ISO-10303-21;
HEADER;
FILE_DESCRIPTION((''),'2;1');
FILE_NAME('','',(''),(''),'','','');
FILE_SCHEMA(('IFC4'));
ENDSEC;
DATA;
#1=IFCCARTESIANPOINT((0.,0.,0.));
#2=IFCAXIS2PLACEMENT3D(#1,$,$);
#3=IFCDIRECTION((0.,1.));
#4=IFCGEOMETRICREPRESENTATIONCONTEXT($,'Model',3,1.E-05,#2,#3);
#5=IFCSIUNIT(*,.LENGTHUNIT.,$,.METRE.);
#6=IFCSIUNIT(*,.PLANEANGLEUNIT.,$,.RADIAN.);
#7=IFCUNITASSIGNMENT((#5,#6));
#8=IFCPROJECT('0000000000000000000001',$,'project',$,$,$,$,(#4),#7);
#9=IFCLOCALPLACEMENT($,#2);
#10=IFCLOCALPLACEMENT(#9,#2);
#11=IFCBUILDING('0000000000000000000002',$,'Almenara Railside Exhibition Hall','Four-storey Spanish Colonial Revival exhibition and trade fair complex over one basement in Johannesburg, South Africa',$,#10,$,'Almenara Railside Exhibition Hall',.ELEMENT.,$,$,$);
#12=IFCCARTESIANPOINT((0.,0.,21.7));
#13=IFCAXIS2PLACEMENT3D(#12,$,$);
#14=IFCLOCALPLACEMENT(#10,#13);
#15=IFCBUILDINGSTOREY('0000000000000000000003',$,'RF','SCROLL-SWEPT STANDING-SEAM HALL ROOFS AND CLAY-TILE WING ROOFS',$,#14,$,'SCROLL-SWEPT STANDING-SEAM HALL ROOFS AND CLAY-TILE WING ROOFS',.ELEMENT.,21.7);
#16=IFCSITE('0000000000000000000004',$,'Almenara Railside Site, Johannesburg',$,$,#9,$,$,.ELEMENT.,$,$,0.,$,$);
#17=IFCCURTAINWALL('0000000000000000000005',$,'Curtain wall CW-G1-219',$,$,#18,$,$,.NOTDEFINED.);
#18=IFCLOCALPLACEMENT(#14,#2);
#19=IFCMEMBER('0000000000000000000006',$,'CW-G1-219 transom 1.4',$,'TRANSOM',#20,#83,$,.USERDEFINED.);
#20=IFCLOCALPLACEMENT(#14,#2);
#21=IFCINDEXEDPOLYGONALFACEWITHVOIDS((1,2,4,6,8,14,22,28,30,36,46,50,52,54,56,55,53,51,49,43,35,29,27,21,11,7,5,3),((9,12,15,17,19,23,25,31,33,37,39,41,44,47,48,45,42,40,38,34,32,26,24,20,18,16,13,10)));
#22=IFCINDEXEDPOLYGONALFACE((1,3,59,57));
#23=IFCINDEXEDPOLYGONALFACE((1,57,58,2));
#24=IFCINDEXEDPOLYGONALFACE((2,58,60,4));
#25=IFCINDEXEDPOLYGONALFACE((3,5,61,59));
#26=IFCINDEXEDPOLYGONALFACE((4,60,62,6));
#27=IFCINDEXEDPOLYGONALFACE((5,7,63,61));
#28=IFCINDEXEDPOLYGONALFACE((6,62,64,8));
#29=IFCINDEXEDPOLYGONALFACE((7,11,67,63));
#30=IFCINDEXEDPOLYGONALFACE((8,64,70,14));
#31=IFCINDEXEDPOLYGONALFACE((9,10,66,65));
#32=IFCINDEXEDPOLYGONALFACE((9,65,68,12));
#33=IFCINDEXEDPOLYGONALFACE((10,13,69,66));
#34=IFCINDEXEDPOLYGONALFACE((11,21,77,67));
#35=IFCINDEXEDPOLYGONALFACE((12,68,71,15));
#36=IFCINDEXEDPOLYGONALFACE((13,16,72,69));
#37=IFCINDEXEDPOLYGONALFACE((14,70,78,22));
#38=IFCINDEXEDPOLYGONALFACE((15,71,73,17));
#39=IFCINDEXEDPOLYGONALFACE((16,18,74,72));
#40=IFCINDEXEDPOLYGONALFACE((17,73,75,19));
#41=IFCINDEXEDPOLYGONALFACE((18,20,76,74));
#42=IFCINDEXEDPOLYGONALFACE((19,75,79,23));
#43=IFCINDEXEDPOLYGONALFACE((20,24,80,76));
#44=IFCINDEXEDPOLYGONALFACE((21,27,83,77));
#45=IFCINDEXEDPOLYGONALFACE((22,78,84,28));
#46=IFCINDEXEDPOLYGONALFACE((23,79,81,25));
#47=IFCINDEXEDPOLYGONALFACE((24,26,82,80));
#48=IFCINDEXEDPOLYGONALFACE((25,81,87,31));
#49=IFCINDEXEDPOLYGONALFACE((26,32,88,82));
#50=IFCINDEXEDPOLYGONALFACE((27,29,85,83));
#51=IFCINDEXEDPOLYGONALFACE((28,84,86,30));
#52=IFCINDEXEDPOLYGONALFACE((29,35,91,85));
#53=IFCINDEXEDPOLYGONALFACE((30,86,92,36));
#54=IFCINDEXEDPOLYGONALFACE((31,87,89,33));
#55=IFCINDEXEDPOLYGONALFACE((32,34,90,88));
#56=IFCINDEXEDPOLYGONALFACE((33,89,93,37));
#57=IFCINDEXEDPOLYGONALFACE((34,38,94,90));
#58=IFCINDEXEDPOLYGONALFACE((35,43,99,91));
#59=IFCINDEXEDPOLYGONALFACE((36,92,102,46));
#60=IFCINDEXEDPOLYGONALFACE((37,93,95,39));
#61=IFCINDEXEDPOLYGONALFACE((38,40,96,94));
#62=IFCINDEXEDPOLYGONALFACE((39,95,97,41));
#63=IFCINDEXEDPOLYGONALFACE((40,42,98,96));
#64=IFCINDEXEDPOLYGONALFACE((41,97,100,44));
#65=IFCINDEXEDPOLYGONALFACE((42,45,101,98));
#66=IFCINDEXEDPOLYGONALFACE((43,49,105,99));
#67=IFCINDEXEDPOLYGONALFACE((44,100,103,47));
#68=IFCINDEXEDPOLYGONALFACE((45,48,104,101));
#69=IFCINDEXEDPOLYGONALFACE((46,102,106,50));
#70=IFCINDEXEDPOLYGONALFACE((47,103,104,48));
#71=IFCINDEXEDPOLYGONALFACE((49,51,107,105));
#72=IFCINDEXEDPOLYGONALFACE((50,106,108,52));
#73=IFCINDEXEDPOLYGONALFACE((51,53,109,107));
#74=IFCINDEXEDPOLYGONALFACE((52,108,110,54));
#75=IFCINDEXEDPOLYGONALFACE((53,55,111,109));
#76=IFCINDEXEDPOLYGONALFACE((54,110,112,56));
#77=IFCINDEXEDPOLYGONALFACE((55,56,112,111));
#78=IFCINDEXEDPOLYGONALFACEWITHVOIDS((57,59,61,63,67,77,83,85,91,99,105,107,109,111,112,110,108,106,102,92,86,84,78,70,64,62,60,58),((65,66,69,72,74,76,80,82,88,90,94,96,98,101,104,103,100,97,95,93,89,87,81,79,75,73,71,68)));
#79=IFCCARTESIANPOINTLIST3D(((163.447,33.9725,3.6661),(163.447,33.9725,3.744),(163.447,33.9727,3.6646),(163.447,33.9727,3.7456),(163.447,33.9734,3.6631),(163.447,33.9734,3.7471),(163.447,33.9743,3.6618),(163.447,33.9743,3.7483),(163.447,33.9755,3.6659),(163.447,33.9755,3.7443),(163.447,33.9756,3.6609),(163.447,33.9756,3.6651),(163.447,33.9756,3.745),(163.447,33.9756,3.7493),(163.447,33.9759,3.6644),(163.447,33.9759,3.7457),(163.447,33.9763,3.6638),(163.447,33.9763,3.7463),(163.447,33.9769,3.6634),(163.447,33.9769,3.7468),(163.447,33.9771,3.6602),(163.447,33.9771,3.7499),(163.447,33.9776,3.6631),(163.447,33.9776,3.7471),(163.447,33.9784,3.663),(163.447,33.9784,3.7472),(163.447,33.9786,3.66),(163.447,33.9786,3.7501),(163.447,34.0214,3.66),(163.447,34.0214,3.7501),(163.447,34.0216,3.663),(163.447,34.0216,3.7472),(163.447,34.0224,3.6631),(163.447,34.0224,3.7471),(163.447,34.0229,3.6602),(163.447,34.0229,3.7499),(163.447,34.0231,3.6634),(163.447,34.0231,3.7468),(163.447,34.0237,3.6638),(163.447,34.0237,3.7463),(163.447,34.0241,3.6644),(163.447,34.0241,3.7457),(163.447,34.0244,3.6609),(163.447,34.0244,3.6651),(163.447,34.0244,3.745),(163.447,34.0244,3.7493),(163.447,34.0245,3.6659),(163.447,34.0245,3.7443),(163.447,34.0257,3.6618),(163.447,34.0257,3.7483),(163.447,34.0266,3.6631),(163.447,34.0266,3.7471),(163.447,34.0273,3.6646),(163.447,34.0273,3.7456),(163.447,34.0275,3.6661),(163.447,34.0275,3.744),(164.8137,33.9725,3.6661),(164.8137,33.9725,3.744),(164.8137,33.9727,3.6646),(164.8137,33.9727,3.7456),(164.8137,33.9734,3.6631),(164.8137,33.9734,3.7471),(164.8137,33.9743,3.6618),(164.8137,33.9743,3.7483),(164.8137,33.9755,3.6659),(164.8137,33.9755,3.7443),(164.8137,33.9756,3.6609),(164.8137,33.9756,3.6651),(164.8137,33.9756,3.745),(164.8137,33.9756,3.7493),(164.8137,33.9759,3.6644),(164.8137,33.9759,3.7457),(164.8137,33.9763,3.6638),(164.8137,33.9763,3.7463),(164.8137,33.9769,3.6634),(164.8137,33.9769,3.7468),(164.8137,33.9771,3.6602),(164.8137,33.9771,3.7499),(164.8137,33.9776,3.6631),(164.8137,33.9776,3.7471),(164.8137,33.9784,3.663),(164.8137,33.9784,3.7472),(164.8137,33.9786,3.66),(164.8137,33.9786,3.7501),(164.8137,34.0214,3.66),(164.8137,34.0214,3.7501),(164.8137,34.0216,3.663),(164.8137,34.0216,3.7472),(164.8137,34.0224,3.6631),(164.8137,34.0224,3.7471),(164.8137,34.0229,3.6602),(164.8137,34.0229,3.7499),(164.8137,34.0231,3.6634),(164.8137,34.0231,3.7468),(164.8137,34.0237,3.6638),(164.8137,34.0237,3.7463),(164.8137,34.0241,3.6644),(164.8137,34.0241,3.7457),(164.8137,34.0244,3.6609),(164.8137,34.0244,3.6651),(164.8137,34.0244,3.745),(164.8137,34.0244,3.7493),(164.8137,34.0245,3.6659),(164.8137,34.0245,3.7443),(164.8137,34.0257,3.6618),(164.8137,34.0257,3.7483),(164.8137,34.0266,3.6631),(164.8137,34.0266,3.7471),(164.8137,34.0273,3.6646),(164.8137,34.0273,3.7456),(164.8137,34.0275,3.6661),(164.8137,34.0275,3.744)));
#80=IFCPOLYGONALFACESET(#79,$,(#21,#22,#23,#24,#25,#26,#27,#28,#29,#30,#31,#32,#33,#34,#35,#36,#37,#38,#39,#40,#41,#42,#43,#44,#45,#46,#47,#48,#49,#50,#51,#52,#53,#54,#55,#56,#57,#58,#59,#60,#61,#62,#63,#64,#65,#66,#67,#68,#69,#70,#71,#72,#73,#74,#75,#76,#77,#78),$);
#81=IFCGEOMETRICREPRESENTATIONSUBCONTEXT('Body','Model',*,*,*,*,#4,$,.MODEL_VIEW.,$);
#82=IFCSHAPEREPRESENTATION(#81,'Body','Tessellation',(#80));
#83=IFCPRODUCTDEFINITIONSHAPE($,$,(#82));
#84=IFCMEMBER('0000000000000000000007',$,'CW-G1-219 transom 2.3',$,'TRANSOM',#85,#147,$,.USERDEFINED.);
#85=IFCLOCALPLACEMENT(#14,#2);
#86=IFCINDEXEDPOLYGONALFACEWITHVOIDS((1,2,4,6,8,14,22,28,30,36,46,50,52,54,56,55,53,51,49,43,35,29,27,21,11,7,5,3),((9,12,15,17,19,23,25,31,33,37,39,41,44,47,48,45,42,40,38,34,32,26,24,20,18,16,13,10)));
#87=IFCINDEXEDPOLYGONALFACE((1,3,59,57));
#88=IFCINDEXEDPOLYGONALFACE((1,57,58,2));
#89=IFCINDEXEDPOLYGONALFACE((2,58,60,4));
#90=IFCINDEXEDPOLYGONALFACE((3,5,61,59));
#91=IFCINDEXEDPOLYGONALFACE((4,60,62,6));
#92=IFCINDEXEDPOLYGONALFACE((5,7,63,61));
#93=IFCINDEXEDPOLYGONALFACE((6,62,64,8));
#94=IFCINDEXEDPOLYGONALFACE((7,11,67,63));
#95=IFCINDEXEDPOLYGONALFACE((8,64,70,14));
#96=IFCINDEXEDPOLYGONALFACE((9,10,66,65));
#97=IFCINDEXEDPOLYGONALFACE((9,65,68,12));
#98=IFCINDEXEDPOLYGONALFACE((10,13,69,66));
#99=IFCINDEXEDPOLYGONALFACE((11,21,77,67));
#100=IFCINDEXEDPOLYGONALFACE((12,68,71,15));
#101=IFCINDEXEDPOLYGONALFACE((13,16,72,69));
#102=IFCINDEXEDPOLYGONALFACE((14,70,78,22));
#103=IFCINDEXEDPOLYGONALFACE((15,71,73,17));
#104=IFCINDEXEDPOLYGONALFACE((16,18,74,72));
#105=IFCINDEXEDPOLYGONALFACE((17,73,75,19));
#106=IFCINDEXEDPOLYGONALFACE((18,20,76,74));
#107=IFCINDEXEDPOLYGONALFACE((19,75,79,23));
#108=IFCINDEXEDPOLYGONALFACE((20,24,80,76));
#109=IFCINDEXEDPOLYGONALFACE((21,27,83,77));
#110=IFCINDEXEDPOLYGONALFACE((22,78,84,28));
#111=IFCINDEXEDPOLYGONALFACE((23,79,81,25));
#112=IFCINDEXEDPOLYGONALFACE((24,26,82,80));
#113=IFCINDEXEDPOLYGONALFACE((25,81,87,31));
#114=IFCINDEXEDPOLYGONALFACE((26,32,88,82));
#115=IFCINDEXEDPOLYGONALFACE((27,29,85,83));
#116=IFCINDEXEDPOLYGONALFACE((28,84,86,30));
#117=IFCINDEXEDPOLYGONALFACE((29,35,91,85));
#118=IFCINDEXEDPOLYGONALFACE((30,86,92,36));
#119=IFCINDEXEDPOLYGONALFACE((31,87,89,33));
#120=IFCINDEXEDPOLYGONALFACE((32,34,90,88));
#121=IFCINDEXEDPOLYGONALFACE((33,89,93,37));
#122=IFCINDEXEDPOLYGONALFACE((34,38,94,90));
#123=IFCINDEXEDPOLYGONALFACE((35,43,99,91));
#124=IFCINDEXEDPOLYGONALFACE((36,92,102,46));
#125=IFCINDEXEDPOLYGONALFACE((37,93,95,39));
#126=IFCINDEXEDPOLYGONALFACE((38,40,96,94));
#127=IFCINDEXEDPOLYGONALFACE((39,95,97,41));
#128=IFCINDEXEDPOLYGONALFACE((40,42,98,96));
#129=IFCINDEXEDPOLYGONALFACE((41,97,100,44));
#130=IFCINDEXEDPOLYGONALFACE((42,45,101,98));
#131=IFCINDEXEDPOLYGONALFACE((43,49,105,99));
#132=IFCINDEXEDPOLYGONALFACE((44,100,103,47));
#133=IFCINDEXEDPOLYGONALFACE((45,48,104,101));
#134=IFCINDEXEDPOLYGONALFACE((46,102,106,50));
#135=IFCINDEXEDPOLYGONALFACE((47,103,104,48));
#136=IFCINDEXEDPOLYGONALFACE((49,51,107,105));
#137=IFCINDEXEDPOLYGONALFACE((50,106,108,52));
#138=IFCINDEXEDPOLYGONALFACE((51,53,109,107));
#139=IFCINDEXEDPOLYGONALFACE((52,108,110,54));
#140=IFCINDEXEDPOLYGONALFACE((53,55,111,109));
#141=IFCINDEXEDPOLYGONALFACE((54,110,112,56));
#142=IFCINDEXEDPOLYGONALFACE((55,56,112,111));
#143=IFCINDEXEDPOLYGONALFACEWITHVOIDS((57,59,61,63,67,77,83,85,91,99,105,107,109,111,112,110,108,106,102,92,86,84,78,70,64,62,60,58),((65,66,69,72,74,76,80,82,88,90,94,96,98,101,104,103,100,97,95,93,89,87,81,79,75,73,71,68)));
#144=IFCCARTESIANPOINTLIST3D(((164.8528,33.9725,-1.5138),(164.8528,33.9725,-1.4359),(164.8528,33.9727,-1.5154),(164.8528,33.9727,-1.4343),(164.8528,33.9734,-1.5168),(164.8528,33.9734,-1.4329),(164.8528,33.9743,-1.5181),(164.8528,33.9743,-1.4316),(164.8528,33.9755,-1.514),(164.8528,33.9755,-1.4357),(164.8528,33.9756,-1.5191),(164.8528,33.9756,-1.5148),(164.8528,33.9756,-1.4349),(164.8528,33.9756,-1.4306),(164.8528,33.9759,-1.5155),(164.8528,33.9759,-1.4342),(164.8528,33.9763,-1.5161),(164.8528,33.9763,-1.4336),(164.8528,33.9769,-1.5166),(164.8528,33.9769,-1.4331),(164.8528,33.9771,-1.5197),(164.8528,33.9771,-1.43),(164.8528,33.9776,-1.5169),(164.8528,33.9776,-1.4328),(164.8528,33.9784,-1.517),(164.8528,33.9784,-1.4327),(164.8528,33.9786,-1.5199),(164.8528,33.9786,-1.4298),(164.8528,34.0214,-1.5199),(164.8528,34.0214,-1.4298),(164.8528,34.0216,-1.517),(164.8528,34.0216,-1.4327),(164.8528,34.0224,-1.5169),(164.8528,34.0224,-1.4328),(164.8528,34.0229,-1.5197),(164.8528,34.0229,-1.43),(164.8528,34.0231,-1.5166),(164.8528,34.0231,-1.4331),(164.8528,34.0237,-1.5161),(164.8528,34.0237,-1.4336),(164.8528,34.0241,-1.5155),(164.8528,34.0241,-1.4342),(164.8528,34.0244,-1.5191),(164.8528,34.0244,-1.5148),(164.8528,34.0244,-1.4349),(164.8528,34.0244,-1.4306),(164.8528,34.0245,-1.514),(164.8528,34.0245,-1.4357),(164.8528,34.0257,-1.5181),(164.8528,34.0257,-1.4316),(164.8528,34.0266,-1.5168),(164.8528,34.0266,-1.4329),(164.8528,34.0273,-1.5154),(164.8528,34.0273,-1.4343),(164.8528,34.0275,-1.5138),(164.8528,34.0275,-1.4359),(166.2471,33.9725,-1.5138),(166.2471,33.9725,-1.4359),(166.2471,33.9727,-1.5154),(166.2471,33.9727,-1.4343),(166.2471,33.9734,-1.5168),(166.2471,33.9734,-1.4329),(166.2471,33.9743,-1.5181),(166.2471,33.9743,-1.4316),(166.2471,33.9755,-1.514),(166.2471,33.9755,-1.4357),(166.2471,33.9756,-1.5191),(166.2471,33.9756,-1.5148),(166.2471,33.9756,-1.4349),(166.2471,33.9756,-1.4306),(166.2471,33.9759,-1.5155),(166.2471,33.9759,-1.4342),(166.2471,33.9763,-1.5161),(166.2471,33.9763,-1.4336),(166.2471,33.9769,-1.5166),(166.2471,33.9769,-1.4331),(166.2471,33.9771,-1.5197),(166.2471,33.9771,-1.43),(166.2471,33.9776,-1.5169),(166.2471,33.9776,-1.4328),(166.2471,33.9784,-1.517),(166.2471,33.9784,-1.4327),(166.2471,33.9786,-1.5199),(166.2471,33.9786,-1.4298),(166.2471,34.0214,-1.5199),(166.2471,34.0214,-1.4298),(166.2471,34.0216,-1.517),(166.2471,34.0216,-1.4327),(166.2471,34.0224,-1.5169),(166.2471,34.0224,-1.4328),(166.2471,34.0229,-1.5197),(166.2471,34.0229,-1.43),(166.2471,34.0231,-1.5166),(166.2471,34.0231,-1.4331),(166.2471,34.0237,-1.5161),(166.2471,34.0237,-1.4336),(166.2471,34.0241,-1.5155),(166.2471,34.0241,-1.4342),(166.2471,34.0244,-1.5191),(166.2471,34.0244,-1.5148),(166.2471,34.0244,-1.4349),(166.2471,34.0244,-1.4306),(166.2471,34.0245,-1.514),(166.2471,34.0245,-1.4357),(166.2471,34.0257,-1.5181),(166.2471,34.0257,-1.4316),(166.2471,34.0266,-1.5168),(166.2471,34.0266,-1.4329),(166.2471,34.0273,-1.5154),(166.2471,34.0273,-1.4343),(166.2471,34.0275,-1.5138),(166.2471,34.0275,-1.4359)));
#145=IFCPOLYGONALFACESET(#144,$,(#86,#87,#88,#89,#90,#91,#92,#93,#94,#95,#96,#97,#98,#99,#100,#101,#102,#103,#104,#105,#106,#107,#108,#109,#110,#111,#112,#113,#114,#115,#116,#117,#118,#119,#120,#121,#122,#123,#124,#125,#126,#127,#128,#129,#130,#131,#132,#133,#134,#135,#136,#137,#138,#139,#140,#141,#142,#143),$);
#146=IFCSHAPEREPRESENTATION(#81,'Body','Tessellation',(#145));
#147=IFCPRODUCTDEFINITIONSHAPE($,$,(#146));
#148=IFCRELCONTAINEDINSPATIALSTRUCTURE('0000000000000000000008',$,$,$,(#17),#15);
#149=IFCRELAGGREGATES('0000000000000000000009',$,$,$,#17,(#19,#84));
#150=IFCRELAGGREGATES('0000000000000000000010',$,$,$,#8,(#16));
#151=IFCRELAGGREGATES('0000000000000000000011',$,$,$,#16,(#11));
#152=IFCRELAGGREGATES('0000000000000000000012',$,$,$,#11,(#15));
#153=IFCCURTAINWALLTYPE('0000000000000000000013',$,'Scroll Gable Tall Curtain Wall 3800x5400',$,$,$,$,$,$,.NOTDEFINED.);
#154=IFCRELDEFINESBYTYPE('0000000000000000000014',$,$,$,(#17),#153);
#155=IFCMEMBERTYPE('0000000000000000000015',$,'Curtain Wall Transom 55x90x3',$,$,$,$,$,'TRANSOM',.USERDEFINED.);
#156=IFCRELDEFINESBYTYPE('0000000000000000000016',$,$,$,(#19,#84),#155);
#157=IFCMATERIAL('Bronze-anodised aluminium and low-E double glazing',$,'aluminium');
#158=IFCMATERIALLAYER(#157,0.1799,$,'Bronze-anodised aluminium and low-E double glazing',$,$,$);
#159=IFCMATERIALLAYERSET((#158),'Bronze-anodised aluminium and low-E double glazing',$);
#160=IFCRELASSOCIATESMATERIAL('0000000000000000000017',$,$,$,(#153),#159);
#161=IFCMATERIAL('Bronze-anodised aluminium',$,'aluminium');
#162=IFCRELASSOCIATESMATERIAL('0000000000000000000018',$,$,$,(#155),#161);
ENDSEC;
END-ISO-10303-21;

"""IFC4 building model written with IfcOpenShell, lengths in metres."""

from ifc_helpers import new_model, si_unit, direction, frame, origin, origin_2d, place, context, subcontext, project, spatial, hollow_rectangle, extrude, material, layer, layer_set, material_profile, profile_set, type_object, element, aggregate, save


model = new_model("IFC4")

# Units and contexts
model_context = context("Model", 3, precision=1e-05, world=origin(), true_north=direction((0.0, 1.0)))
body_context = subcontext(model_context, "Body", "Model", "MODEL_VIEW")
ifc_project = project(units=[si_unit("LENGTHUNIT", "METRE"), si_unit("PLANEANGLEUNIT", "RADIAN")], contexts=[model_context])

# Site, building, storey
site_placement = place(None, origin())
site = spatial("IfcSite", under=ifc_project, at=site_placement, Name="Almenara Railside Site, Johannesburg", CompositionType="ELEMENT", RefElevation=0.0)
building_placement = place(site_placement, origin())
building = spatial("IfcBuilding", under=site, at=building_placement, Name="Almenara Railside Exhibition Hall", Description="Four-storey Spanish Colonial Revival exhibition and trade fair complex over one basement in Johannesburg, South Africa", LongName="Almenara Railside Exhibition Hall", CompositionType="ELEMENT")
storey_placement = place(building_placement, frame((0.0, 0.0, 21.7)))
storey = spatial("IfcBuildingStorey", under=building, at=storey_placement, Name="RF", Description="SCROLL-SWEPT STANDING-SEAM HALL ROOFS AND CLAY-TILE WING ROOFS", LongName="SCROLL-SWEPT STANDING-SEAM HALL ROOFS AND CLAY-TILE WING ROOFS", CompositionType="ELEMENT", Elevation=21.7)

# Curtain wall, members
ifc_material_1 = material(Name="Bronze-anodised aluminium and low-E double glazing", Category="aluminium")
ifc_layer_1 = layer(ifc_material_1, 0.1799, Name="Bronze-anodised aluminium and low-E double glazing")
ifc_layer_set_1 = layer_set([ifc_layer_1], Name="Bronze-anodised aluminium and low-E double glazing")
curtain_wall_type = type_object("IfcCurtainWallType", Name="Scroll Gable Tall Curtain Wall 3800x5400", PredefinedType="NOTDEFINED", material=ifc_layer_set_1)
curtain_wall_1_placement = place(storey_placement, origin())
curtain_wall_1 = element("IfcCurtainWall", 1, at=curtain_wall_1_placement, inside=storey, type_object=curtain_wall_type, Name="Curtain wall CW-G1-219", PredefinedType="NOTDEFINED")
ifc_material_2 = material(Name="Bronze-anodised aluminium", Category="aluminium")
ifc_material_profile_1 = material_profile(ifc_material_2, hollow_rectangle(XDim=0.0549, YDim=0.0901, WallThickness=0.0029, InnerFilletRadius=0.0029, OuterFilletRadius=0.0061, at=origin_2d()), Name="ALU-TRN 55x90x3")
ifc_profile_set_1 = profile_set([ifc_material_profile_1], Name="Bronze-anodised aluminium")
member_type_1 = type_object("IfcMemberType", Name="Curtain Wall Transom 55x90x3", ElementType="TRANSOM", PredefinedType="USERDEFINED", material=ifc_profile_set_1)
member_1_placement = place(storey_placement, frame((163.447, 34.0, 3.7051), z_axis=(1.0, 0.0, 0.0), x_axis=(0.0, 1.0, 0.0)))
member_1 = element("IfcMember", 2, at=member_1_placement, type_object=member_type_1, Name="CW-G1-219 transom 1.4", ObjectType="TRANSOM", PredefinedType="USERDEFINED", context=body_context, shape_type="SweptSolid", body=[
    extrude(hollow_rectangle(XDim=0.0549, YDim=0.0901, WallThickness=0.0029, InnerFilletRadius=0.0029, OuterFilletRadius=0.0061, at=origin_2d()), origin(), (0.0, 0.0, 1.0), 1.3667),
])
member_2_placement = place(storey_placement, frame((164.8528, 34.0, -1.4749), z_axis=(1.0, 0.0, 0.0), x_axis=(0.0, 1.0, 0.0)))
member_2 = element("IfcMember", 3, at=member_2_placement, type_object=member_type_1, Name="CW-G1-219 transom 2.3", ObjectType="TRANSOM", PredefinedType="USERDEFINED", context=body_context, shape_type="SweptSolid", body=[
    extrude(hollow_rectangle(XDim=0.0549, YDim=0.0901, WallThickness=0.0029, InnerFilletRadius=0.0029, OuterFilletRadius=0.0061, at=origin_2d()), origin(), (0.0, 0.0, 1.0), 1.3943),
])

aggregate(curtain_wall_1, [member_1, member_2])

save(model, "model.ifc")
